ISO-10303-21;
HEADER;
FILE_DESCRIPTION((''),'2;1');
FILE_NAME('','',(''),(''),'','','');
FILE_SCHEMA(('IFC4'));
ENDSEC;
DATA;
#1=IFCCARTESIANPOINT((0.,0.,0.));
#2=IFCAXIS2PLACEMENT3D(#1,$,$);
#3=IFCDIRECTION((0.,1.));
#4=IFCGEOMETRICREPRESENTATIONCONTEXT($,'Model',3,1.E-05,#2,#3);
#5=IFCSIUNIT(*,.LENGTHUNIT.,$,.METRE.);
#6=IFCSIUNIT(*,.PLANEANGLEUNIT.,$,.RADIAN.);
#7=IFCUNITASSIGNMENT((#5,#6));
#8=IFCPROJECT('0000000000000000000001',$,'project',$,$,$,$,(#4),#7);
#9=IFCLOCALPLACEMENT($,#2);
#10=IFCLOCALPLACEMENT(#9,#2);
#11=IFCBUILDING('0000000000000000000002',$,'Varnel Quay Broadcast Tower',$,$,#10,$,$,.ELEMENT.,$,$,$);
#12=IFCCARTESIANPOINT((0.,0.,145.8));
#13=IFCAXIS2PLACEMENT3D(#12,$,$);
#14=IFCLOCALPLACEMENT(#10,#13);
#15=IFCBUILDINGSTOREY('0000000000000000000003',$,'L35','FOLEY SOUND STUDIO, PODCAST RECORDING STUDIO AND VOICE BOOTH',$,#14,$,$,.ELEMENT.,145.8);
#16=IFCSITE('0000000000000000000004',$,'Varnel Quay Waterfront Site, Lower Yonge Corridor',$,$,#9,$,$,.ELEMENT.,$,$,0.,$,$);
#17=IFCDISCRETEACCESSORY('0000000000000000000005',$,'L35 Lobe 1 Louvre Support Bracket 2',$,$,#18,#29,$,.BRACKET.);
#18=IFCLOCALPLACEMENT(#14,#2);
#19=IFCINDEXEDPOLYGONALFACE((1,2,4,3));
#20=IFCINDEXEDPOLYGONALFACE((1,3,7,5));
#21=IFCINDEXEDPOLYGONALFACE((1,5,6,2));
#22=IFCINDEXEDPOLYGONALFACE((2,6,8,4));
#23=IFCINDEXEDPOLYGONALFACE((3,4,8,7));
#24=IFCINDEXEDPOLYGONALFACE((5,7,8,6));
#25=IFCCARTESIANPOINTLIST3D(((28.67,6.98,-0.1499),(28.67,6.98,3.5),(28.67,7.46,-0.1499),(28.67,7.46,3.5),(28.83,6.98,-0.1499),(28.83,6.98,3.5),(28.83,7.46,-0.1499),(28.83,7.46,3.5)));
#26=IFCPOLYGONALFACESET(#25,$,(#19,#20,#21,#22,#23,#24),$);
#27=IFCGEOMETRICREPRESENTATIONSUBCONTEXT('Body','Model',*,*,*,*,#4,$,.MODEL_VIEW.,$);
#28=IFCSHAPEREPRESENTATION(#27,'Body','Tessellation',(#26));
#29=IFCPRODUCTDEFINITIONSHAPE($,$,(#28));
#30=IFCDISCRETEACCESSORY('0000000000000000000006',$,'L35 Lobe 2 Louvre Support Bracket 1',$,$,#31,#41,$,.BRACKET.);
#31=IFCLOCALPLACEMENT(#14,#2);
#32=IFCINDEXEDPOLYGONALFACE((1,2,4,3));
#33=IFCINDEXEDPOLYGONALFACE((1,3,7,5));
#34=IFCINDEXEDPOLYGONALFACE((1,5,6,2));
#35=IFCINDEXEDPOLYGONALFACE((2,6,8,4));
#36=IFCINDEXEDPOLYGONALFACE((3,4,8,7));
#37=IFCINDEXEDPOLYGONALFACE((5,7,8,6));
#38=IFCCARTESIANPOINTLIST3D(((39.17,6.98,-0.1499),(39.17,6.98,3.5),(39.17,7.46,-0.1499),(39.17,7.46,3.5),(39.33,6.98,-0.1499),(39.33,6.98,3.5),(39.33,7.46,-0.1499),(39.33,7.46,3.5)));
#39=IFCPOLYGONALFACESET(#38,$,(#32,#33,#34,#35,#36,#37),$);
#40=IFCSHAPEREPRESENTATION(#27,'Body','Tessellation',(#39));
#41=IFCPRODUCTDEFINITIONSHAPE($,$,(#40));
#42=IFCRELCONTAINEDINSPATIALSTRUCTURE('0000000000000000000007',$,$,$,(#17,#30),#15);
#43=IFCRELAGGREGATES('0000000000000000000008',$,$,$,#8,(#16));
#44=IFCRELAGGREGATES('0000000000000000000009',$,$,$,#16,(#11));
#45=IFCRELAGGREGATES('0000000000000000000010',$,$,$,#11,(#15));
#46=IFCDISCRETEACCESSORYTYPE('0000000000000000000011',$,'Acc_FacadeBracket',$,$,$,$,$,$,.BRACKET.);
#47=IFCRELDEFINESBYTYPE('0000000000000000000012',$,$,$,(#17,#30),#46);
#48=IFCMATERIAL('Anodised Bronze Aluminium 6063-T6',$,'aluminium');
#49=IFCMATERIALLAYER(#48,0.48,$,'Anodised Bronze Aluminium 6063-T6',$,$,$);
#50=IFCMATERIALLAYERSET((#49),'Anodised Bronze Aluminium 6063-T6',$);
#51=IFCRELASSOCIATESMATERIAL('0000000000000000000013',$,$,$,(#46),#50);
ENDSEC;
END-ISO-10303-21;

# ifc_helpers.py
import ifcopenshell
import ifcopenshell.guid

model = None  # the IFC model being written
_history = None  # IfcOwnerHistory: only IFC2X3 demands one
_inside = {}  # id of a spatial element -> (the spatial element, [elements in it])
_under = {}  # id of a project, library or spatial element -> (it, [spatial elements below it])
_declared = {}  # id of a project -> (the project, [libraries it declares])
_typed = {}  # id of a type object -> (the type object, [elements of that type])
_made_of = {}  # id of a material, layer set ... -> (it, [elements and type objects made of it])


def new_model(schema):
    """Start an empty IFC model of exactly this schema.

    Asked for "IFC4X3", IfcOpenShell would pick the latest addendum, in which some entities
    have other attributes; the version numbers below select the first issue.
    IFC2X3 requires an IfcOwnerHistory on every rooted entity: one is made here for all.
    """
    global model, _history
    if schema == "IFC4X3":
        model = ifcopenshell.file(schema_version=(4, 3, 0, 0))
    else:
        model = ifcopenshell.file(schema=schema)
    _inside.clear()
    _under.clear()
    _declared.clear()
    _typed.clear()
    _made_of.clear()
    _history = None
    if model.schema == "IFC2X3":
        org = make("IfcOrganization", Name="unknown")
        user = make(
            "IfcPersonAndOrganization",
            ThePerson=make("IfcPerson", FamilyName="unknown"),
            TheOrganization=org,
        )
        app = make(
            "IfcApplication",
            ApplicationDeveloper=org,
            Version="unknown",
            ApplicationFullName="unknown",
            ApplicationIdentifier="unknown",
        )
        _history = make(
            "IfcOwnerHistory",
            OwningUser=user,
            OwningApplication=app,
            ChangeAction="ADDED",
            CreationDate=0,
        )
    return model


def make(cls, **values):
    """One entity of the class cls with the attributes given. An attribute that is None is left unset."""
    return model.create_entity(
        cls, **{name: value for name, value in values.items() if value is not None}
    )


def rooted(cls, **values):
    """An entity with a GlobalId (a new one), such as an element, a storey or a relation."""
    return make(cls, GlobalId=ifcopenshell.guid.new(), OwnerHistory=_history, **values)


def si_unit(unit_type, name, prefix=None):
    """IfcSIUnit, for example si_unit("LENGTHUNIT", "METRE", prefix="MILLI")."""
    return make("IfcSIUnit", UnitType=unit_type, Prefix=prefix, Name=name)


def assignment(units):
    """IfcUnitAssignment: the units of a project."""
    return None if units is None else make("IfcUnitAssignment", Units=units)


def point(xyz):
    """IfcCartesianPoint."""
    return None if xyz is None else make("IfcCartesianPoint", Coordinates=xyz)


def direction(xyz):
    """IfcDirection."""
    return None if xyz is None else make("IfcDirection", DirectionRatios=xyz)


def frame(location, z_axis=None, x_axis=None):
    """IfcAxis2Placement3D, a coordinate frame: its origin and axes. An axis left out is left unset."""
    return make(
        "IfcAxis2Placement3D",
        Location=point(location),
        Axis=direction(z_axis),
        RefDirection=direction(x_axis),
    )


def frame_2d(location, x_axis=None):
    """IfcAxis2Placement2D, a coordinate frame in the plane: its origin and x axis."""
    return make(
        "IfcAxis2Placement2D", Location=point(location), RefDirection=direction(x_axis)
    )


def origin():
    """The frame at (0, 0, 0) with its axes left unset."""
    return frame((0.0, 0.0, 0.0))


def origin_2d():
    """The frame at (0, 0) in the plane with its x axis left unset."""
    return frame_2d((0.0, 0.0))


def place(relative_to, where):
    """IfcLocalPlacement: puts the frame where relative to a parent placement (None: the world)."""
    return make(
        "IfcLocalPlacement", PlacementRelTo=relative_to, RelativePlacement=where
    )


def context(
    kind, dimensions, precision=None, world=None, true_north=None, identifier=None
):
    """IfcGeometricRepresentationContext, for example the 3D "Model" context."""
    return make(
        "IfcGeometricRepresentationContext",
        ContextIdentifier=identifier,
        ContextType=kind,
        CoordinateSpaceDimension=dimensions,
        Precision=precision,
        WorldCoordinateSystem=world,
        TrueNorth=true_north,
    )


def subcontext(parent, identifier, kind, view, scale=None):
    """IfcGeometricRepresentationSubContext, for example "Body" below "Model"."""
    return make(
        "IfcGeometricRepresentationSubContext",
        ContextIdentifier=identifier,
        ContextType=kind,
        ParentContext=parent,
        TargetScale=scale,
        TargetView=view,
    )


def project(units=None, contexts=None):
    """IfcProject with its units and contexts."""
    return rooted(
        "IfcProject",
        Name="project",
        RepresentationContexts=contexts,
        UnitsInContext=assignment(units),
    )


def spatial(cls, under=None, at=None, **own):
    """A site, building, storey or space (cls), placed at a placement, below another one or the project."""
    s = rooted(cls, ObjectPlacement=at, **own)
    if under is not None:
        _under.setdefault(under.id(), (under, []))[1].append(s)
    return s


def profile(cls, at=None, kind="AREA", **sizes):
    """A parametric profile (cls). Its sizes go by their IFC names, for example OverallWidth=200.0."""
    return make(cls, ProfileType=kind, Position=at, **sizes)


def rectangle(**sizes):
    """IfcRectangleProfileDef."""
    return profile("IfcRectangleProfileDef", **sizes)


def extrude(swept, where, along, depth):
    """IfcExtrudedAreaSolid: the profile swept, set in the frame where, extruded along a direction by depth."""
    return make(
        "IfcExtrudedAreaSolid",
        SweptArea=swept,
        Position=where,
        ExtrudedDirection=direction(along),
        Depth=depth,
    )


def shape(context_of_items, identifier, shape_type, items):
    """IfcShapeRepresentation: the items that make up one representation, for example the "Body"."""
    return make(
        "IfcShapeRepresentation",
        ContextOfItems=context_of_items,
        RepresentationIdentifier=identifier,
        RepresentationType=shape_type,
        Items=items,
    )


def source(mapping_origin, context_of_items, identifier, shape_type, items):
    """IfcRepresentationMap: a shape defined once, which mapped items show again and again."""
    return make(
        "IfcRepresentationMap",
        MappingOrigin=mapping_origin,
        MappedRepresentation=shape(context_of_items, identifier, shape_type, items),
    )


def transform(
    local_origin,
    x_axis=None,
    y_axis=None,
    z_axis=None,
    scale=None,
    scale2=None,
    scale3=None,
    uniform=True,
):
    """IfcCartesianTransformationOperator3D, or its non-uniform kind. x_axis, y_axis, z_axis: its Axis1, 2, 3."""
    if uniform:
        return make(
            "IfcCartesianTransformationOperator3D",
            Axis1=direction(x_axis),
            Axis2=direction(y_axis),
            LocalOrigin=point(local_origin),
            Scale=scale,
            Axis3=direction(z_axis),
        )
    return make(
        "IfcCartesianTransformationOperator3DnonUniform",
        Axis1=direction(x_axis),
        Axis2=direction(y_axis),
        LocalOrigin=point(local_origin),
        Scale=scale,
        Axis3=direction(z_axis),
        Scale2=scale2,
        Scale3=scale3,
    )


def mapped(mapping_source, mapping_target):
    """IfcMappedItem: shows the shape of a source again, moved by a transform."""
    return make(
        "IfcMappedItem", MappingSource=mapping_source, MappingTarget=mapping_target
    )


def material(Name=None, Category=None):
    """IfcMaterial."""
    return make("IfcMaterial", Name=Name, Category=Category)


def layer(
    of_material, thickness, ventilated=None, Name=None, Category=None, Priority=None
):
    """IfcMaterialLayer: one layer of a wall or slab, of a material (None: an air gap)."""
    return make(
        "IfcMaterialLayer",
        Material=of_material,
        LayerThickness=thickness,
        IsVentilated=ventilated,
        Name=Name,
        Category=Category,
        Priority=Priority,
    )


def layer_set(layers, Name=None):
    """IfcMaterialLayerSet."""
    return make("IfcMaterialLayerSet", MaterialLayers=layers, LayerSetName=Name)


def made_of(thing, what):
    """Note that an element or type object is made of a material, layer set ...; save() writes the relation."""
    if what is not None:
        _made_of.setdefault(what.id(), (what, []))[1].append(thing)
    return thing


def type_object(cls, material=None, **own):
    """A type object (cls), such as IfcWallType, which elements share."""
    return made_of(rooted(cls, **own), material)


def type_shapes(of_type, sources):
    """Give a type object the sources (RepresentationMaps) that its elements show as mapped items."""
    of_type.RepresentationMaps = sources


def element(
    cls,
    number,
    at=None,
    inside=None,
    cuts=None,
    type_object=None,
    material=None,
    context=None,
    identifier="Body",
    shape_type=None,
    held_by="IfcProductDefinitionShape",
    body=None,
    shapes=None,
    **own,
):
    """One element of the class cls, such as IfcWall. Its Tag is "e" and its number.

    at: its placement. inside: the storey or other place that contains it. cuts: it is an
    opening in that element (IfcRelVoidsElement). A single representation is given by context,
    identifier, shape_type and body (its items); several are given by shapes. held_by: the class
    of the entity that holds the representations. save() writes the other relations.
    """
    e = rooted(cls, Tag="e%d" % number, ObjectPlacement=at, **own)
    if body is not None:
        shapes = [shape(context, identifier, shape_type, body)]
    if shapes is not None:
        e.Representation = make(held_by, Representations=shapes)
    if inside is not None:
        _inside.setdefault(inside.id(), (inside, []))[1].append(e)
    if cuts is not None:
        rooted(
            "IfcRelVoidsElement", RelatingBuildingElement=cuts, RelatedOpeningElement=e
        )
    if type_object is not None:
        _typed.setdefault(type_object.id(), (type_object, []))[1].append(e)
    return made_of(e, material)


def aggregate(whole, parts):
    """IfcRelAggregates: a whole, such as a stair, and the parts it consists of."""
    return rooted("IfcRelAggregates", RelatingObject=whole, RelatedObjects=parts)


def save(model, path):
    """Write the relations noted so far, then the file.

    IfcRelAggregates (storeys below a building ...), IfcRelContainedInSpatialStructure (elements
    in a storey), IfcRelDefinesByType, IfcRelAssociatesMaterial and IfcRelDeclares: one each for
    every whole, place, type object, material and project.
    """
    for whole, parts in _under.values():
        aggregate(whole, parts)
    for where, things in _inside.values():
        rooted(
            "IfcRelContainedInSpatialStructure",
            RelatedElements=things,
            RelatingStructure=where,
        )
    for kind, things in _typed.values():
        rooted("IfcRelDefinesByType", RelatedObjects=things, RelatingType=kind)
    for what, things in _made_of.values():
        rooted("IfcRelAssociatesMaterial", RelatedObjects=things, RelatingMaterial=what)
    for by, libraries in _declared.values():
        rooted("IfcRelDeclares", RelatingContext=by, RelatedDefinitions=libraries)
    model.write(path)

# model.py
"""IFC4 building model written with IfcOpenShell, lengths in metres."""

from ifc_helpers import new_model, si_unit, direction, frame, origin, origin_2d, place, context, subcontext, project, spatial, rectangle, extrude, source, transform, mapped, material, layer, layer_set, type_object, type_shapes, element, save


model = new_model("IFC4")

# Units and contexts
model_context = context("Model", 3, precision=1e-05, world=origin(), true_north=direction((0.0, 1.0)))
body_context = subcontext(model_context, "Body", "Model", "MODEL_VIEW")
ifc_project = project(units=[si_unit("LENGTHUNIT", "METRE"), si_unit("PLANEANGLEUNIT", "RADIAN")], contexts=[model_context])

# Site, building, storey
site_placement = place(None, origin())
site = spatial("IfcSite", under=ifc_project, at=site_placement, Name="Varnel Quay Waterfront Site, Lower Yonge Corridor", CompositionType="ELEMENT", RefElevation=0.0)
building_placement = place(site_placement, origin())
building = spatial("IfcBuilding", under=site, at=building_placement, Name="Varnel Quay Broadcast Tower", CompositionType="ELEMENT")
storey_placement = place(building_placement, frame((0.0, 0.0, 145.8)))
storey = spatial("IfcBuildingStorey", under=building, at=storey_placement, Name="L35", Description="FOLEY SOUND STUDIO, PODCAST RECORDING STUDIO AND VOICE BOOTH", CompositionType="ELEMENT", Elevation=145.8)

# Shared definitions
ifc_material_1 = material(Name="Anodised Bronze Aluminium 6063-T6", Category="aluminium")

# Discrete accessories
ifc_layer_1 = layer(ifc_material_1, 0.48, Name="Anodised Bronze Aluminium 6063-T6")
ifc_layer_set_1 = layer_set([ifc_layer_1], Name="Anodised Bronze Aluminium 6063-T6")
discrete_accessory_type = type_object("IfcDiscreteAccessoryType", Name="Acc_FacadeBracket", PredefinedType="BRACKET", material=ifc_layer_set_1)
shared_shape_1 = source(origin(), body_context, "Body", "SweptSolid", [
    extrude(rectangle(XDim=0.1599, YDim=0.48, at=origin_2d()), origin(), (0.0, 0.0, 1.0), 3.6499),
])
type_shapes(discrete_accessory_type, [shared_shape_1])
for number, where, z_axis, x_axis, name in (
    (1, (28.75, 7.22, -0.1499), (0.0, 0.0, 1.0), (1.0, 0.0, 0.0), "L35 Lobe 1 Louvre Support Bracket 2"),
    (2, (39.25, 7.22, -0.1499), (0.0, 0.0, 1.0), (1.0, 0.0, 0.0), "L35 Lobe 2 Louvre Support Bracket 1"),
):
    element("IfcDiscreteAccessory", number, at=place(storey_placement, frame(where, z_axis=z_axis, x_axis=x_axis)), inside=storey, type_object=discrete_accessory_type, Name=name, PredefinedType="BRACKET", context=body_context, shape_type="MappedRepresentation", body=[
        mapped(shared_shape_1, transform((0.0, 0.0, 0.0), x_axis=(1.0, 0.0, 0.0), y_axis=(0.0, 1.0, 0.0), z_axis=(0.0, 0.0, 1.0), scale=1.0)),
    ])

save(model, "model.ifc")
